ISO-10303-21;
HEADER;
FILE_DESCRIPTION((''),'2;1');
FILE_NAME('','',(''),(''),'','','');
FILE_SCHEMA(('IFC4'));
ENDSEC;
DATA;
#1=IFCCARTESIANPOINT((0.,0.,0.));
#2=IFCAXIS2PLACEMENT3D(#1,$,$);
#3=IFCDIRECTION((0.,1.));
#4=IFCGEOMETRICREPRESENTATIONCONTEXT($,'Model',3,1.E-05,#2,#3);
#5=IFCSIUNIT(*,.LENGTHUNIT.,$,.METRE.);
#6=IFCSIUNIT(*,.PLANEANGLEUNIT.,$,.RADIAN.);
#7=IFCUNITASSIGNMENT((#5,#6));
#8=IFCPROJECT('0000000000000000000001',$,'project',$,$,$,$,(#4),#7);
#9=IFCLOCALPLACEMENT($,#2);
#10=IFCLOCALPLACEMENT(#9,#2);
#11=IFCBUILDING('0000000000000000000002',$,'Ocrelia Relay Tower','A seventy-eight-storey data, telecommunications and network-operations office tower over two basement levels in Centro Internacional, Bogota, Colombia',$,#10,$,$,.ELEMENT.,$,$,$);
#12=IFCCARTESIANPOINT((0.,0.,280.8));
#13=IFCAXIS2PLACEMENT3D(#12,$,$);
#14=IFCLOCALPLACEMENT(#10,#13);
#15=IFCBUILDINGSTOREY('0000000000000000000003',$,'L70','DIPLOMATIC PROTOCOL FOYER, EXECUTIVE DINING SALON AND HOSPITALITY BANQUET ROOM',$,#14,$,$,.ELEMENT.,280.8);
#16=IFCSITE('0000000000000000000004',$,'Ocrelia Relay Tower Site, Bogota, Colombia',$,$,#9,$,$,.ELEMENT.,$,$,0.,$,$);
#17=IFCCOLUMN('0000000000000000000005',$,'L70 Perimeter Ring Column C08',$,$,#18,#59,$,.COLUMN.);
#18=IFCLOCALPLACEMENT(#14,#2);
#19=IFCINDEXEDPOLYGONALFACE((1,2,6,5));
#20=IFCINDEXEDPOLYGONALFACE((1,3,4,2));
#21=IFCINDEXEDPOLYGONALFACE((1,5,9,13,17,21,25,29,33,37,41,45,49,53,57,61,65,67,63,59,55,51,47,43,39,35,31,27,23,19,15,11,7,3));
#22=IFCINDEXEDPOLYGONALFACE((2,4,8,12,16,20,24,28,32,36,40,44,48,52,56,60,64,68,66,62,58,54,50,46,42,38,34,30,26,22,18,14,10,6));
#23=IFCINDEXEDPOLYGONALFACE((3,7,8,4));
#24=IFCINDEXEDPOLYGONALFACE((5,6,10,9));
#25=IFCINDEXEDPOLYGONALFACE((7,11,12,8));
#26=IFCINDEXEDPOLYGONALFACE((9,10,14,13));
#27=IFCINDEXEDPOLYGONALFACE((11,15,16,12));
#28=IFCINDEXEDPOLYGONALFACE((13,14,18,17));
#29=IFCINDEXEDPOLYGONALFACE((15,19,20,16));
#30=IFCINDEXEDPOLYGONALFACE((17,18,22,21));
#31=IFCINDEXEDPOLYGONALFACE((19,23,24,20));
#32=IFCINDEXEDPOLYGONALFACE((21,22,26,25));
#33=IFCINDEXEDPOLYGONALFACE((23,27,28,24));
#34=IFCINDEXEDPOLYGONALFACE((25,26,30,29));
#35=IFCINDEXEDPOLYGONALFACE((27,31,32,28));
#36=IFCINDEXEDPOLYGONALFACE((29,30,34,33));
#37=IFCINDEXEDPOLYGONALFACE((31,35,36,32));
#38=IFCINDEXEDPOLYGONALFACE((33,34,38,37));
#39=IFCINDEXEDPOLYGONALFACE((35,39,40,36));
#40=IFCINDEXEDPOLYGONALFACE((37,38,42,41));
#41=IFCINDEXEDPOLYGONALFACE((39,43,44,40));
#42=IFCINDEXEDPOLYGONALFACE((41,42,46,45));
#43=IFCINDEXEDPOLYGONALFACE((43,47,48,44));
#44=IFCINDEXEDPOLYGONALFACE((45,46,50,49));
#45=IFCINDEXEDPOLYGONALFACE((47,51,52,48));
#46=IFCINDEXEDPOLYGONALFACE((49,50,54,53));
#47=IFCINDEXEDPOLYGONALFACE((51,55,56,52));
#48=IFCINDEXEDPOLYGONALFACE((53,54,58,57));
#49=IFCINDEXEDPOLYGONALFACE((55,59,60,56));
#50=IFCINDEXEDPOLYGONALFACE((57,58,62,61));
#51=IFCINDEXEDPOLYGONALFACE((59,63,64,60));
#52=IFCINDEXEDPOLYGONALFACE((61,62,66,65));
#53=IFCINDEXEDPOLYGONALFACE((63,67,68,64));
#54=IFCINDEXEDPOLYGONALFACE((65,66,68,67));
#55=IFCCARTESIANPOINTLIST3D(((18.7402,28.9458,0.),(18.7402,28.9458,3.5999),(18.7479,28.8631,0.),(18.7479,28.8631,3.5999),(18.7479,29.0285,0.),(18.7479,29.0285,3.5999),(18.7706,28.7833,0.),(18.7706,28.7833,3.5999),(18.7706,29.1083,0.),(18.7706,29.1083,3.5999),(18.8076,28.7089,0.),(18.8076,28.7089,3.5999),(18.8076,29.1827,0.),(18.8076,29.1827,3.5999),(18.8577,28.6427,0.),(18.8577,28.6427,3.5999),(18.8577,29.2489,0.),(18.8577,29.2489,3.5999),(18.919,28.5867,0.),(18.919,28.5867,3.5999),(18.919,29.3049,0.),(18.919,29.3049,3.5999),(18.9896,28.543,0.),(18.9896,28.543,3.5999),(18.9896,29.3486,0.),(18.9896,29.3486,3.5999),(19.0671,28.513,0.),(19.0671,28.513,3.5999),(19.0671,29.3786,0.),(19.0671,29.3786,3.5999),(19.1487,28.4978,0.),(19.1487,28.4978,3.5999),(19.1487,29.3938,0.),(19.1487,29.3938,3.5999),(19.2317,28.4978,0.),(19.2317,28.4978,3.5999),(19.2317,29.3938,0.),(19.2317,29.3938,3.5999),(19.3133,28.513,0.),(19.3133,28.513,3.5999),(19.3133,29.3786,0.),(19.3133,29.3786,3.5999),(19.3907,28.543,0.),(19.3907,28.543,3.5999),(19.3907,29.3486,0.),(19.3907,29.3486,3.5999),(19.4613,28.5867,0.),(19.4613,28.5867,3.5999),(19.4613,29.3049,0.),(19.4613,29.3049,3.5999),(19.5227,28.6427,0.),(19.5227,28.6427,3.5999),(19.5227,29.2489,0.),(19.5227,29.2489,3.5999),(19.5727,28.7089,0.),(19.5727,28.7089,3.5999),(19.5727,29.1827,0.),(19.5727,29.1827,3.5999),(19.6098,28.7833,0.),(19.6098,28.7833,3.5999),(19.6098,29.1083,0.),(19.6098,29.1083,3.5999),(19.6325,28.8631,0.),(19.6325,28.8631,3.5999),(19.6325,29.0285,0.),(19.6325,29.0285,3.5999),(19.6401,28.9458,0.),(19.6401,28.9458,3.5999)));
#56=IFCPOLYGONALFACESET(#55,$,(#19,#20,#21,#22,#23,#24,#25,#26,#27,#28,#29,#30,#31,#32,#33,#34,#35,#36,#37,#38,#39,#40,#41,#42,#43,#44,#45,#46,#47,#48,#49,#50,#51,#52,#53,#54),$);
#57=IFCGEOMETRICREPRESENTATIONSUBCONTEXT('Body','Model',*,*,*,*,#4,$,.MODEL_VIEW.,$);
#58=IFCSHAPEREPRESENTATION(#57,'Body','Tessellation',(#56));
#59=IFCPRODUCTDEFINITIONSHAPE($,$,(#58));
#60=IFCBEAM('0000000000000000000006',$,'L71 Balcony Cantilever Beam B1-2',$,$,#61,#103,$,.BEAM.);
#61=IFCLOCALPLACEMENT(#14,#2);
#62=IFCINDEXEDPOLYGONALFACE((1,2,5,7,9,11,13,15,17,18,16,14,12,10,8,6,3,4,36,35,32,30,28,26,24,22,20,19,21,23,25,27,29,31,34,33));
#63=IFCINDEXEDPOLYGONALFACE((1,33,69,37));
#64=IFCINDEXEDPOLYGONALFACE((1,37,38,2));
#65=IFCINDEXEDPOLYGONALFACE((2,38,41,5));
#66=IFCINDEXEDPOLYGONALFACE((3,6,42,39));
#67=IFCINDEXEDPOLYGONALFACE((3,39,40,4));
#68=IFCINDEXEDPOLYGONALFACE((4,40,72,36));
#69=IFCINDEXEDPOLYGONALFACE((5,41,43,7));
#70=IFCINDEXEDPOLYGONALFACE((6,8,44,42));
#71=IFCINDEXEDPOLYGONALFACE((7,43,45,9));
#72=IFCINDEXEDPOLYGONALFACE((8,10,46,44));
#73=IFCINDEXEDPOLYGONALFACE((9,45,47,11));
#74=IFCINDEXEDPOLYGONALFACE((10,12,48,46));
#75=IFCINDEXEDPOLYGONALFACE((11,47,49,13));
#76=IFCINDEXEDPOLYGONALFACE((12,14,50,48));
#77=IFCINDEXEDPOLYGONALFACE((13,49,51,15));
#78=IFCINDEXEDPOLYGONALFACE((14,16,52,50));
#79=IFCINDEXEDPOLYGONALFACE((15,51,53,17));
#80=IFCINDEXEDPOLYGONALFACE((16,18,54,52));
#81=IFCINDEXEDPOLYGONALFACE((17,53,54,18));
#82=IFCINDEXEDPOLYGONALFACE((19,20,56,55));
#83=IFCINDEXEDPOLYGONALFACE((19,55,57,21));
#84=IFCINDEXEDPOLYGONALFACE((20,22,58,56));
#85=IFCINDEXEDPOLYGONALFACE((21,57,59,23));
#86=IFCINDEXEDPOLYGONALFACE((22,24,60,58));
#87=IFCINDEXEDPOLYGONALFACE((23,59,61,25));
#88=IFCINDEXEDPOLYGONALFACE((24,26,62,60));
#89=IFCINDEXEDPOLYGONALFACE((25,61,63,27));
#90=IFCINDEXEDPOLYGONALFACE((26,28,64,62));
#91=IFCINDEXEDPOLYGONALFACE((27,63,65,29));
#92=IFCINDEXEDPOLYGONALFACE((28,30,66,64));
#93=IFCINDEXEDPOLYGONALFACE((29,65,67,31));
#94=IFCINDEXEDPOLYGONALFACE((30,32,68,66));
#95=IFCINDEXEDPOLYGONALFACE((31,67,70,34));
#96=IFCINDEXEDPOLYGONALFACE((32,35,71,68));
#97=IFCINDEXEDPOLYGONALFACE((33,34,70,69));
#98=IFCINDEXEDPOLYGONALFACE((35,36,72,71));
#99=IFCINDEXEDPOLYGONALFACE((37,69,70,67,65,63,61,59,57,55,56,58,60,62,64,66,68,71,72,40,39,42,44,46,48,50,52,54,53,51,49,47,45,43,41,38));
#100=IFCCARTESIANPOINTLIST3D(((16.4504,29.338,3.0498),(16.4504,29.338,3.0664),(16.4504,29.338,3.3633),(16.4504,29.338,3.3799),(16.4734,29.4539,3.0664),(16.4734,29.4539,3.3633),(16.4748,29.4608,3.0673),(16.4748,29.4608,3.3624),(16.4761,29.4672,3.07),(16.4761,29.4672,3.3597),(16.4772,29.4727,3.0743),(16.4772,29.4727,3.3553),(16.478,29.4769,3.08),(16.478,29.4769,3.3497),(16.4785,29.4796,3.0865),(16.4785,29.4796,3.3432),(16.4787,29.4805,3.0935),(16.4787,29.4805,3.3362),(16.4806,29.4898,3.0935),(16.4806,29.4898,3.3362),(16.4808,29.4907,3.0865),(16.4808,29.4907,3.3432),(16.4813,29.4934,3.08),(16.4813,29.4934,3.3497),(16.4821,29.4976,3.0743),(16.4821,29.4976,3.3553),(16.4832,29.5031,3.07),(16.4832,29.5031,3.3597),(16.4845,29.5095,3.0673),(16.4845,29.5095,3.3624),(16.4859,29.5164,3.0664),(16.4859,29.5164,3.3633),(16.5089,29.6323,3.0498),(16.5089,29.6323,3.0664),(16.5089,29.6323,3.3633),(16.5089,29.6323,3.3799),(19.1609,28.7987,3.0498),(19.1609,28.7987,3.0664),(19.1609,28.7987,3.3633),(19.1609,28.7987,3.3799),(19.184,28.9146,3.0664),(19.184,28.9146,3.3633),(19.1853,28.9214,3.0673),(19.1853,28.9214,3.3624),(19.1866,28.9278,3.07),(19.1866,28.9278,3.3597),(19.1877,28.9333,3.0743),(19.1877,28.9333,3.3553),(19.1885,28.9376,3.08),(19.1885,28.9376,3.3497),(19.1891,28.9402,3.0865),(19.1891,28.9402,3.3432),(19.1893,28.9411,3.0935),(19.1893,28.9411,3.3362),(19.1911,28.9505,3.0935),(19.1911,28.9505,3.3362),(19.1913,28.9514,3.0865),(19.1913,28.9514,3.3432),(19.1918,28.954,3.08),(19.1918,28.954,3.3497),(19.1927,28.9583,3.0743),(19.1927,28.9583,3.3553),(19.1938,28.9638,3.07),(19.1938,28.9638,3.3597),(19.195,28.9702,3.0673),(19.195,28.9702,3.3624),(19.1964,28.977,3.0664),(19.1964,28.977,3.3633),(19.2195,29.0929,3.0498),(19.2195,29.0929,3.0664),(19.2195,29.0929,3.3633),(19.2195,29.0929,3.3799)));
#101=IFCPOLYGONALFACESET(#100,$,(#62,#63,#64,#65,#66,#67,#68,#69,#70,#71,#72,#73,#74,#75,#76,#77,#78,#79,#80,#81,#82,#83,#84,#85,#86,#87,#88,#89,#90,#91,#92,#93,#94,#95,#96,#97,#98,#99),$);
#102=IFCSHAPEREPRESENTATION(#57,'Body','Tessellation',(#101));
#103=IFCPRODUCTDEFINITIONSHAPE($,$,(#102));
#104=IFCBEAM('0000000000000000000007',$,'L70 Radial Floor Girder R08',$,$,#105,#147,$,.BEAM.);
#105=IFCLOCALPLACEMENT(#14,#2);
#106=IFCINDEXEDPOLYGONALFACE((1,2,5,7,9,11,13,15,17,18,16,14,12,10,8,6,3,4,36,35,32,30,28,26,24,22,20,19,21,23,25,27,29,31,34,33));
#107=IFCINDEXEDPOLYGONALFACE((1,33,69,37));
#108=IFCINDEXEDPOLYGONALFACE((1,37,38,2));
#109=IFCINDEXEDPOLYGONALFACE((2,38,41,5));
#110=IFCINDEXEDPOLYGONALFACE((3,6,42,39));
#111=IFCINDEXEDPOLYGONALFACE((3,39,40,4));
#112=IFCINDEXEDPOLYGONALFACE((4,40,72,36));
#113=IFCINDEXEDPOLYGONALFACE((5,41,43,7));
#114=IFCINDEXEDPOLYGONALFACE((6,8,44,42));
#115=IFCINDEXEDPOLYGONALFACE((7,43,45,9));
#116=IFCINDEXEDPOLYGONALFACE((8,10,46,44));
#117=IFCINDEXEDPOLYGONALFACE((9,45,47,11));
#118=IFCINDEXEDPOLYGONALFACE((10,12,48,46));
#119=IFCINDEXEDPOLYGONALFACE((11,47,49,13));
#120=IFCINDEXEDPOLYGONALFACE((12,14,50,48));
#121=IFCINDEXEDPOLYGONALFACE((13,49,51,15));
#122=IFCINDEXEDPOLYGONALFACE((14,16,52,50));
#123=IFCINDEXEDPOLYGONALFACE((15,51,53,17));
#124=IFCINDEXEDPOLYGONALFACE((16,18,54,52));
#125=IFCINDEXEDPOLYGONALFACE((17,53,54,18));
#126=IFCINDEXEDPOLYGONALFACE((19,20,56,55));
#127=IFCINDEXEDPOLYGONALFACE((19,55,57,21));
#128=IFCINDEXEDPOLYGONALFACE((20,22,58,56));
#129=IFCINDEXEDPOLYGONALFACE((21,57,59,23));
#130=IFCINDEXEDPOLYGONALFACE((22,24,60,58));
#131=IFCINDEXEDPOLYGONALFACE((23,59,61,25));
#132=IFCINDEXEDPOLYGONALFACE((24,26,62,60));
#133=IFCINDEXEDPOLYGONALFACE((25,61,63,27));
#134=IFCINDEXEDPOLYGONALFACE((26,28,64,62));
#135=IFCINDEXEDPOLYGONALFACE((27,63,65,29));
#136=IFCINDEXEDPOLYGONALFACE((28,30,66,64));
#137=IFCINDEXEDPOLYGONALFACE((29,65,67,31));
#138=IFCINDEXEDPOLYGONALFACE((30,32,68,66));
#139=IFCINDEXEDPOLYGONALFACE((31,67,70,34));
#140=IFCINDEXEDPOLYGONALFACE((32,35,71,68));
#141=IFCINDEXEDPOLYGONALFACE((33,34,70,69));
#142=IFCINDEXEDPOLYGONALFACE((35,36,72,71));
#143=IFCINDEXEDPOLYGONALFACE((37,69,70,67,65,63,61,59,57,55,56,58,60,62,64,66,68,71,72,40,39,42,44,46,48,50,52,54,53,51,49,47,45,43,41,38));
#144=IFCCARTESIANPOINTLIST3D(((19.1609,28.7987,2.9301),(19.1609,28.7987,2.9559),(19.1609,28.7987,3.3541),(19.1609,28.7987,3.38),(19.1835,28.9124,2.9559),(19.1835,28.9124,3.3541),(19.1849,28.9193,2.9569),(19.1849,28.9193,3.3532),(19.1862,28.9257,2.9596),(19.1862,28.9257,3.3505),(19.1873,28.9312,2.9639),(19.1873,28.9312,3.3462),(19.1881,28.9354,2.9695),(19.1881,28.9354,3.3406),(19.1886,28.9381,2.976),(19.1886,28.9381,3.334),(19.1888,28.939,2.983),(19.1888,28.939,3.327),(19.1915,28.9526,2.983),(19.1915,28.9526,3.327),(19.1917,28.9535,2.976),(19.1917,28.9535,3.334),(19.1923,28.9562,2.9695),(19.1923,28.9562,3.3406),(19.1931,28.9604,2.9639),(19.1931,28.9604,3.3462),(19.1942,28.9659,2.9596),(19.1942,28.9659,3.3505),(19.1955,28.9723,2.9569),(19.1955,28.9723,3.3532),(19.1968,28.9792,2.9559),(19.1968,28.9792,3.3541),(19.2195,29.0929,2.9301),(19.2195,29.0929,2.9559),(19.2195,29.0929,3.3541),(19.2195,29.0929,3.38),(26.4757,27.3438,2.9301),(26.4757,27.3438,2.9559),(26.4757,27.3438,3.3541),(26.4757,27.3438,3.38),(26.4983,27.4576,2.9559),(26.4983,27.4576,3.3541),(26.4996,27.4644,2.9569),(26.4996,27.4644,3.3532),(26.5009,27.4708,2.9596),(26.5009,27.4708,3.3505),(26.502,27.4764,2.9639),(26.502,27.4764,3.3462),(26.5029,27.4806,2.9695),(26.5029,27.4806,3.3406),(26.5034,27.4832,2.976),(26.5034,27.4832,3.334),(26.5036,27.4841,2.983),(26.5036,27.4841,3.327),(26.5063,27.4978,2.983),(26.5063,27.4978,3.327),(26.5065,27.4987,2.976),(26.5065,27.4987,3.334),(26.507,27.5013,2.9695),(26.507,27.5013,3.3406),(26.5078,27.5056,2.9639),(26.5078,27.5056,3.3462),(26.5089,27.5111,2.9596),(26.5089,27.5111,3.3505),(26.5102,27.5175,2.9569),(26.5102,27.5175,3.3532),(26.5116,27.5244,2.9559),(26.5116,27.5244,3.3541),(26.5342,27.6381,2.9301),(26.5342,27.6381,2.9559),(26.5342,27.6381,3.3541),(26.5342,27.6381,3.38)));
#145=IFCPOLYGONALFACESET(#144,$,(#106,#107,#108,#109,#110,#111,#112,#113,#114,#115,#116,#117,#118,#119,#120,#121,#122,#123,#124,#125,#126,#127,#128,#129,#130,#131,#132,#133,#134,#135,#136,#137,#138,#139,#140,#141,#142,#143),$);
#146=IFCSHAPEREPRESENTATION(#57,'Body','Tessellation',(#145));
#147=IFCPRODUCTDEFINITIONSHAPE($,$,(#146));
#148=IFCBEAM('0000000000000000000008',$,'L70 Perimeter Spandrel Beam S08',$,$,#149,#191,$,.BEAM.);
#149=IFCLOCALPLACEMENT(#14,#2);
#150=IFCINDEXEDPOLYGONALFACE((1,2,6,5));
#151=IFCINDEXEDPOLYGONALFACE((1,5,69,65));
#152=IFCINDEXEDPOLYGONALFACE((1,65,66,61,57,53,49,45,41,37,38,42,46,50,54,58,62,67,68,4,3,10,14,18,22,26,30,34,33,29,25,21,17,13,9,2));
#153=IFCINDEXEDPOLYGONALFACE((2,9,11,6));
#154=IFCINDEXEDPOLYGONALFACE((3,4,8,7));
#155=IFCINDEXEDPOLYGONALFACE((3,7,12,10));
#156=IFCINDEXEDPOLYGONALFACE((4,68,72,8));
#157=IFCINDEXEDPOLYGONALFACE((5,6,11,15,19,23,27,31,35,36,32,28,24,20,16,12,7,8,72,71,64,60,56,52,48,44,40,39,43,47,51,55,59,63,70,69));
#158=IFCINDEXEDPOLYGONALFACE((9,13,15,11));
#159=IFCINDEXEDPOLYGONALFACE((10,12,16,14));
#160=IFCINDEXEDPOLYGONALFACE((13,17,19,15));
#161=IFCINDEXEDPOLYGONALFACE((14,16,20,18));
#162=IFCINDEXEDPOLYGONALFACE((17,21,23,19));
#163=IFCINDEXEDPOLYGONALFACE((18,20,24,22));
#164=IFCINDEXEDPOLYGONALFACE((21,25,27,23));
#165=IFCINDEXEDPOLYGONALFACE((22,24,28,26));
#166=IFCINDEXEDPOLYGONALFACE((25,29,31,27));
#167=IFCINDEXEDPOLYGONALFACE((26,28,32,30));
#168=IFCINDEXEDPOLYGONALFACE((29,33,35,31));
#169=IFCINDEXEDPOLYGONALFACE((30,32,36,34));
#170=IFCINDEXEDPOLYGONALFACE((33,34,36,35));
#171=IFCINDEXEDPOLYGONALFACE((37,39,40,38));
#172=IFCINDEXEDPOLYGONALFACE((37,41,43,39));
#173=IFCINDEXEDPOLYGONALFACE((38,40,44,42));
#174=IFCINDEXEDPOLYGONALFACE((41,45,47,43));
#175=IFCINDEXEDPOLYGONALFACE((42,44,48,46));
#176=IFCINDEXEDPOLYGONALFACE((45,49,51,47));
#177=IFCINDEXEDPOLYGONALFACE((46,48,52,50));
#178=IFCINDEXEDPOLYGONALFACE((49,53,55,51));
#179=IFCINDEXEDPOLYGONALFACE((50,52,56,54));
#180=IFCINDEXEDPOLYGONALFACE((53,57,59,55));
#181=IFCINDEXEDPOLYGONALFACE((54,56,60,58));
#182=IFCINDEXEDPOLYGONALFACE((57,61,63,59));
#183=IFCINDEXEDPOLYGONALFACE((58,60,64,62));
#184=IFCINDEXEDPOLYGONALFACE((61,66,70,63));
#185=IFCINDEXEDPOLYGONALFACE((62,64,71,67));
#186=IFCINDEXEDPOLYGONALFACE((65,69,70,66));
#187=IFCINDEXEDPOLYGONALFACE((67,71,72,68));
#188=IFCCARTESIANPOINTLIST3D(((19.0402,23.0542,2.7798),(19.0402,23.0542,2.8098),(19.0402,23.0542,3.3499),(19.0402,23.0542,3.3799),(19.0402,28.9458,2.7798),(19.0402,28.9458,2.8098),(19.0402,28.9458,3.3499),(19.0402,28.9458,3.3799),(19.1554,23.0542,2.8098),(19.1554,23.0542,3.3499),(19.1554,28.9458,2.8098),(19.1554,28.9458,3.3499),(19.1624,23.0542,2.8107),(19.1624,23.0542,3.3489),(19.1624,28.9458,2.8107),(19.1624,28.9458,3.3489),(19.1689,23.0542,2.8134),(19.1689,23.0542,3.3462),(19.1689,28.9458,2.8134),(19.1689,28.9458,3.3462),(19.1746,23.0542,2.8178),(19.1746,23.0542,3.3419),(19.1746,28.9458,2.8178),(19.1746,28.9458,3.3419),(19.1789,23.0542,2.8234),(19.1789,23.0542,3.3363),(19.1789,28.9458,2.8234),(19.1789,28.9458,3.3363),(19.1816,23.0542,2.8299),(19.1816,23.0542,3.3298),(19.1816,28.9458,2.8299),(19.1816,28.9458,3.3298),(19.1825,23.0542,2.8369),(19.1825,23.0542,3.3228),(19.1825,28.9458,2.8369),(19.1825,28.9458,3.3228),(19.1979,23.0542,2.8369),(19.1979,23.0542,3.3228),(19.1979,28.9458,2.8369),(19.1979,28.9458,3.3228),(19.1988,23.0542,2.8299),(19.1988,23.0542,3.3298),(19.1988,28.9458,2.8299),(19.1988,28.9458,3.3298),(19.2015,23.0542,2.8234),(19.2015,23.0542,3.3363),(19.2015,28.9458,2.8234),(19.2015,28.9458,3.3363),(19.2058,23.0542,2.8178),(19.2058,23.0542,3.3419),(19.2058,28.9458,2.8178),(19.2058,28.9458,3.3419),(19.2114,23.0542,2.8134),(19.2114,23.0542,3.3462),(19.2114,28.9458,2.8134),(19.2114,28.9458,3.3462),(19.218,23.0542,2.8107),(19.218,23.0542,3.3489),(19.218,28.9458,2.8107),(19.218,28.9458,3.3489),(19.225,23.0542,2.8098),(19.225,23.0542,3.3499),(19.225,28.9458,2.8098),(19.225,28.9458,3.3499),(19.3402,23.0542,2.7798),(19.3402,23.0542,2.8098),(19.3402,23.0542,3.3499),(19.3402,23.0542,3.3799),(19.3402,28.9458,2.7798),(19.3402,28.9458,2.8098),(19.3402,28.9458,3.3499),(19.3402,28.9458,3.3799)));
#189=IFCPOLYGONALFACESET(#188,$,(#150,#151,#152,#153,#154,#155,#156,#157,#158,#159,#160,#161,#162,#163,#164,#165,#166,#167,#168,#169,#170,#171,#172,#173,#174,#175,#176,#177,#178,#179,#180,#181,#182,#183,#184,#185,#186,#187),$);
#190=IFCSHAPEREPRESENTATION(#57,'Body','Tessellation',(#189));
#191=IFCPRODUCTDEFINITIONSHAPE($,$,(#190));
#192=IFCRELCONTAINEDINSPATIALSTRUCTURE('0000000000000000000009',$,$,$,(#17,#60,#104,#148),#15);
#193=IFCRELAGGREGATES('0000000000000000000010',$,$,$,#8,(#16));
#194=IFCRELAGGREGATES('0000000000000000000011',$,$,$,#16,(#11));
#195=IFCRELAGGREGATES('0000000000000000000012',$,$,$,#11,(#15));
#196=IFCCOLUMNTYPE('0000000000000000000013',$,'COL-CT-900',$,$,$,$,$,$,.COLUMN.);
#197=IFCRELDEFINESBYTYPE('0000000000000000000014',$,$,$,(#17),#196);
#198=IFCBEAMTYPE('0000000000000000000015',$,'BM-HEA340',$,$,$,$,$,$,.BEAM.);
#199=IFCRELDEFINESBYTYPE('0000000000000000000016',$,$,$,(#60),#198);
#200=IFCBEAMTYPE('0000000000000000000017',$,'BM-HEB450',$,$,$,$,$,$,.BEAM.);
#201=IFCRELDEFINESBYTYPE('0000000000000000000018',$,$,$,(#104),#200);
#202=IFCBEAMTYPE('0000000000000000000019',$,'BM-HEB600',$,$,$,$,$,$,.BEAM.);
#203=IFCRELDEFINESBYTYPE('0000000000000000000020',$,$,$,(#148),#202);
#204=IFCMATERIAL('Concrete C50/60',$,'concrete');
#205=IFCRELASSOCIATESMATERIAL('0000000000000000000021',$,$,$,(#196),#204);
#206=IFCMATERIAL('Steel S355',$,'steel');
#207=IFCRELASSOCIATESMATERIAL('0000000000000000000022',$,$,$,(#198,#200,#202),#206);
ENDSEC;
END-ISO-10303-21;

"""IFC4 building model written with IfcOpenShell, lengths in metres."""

from ifc_helpers import new_model, si_unit, direction, frame, origin, origin_2d, place, context, subcontext, project, spatial, circle, i_section, extrude, material, material_profile, profile_set, type_object, element, save


model = new_model("IFC4")

# Units and contexts
model_context = context("Model", 3, precision=1e-05, world=origin(), true_north=direction((0.0, 1.0)))
body_context = subcontext(model_context, "Body", "Model", "MODEL_VIEW")
ifc_project = project(units=[si_unit("LENGTHUNIT", "METRE"), si_unit("PLANEANGLEUNIT", "RADIAN")], contexts=[model_context])

# Site, building, storey
site_placement = place(None, origin())
site = spatial("IfcSite", under=ifc_project, at=site_placement, Name="Ocrelia Relay Tower Site, Bogota, Colombia", CompositionType="ELEMENT", RefElevation=0.0)
building_placement = place(site_placement, origin())
building = spatial("IfcBuilding", under=site, at=building_placement, Name="Ocrelia Relay Tower", Description="A seventy-eight-storey data, telecommunications and network-operations office tower over two basement levels in Centro Internacional, Bogota, Colombia", CompositionType="ELEMENT")
storey_placement = place(building_placement, frame((0.0, 0.0, 280.8)))
storey = spatial("IfcBuildingStorey", under=building, at=storey_placement, Name="L70", Description="DIPLOMATIC PROTOCOL FOYER, EXECUTIVE DINING SALON AND HOSPITALITY BANQUET ROOM", CompositionType="ELEMENT", Elevation=280.8)

# Column
ifc_material_1 = material(Name="Concrete C50/60", Category="concrete")
ifc_material_profile_1 = material_profile(ifc_material_1, circle(Radius=0.45, at=origin_2d()), Name="RC-CIR-900")
ifc_profile_set_1 = profile_set([ifc_material_profile_1], Name="Concrete C50/60")
column_type = type_object("IfcColumnType", Name="COL-CT-900", PredefinedType="COLUMN", material=ifc_profile_set_1)
column_placement = place(storey_placement, frame((19.1902, 28.9458, 0.0), z_axis=(0.0, 0.0, 1.0), x_axis=(1.0, 0.0, 0.0)))
element("IfcColumn", 1, at=column_placement, inside=storey, type_object=column_type, Name="L70 Perimeter Ring Column C08", PredefinedType="COLUMN", context=body_context, shape_type="SweptSolid", body=[
    extrude(circle(Radius=0.45, at=origin_2d()), origin(), (0.0, 0.0, 1.0), 3.5999),
])

# Beams
ifc_material_2 = material(Name="Steel S355", Category="steel")
ifc_material_profile_2 = material_profile(ifc_material_2, i_section(OverallWidth=0.3, OverallDepth=0.3301, WebThickness=0.0095, FlangeThickness=0.0166, FilletRadius=0.0271, at=origin_2d()), Name="HEA 340")
ifc_profile_set_2 = profile_set([ifc_material_profile_2], Name="Steel S355")
beam_type_1 = type_object("IfcBeamType", Name="BM-HEA340", PredefinedType="BEAM", material=ifc_profile_set_2)
beam_1_placement = place(storey_placement, frame((19.1902, 28.9458, 3.2148), z_axis=(-0.980774, 0.195148, 0.0), x_axis=(-0.195148, -0.980774, 0.0)))
element("IfcBeam", 2, at=beam_1_placement, inside=storey, type_object=beam_type_1, Name="L71 Balcony Cantilever Beam B1-2", PredefinedType="BEAM", context=body_context, shape_type="SweptSolid", body=[
    extrude(i_section(OverallWidth=0.3, OverallDepth=0.3301, WebThickness=0.0095, FlangeThickness=0.0166, FilletRadius=0.0271, at=origin_2d()), origin(), (0.0, 0.0, 1.0), 2.7637),
])
ifc_material_profile_3 = material_profile(ifc_material_2, i_section(OverallWidth=0.3, OverallDepth=0.45, WebThickness=0.0139, FlangeThickness=0.0259, FilletRadius=0.0271, at=origin_2d()), Name="HEB 450")
ifc_profile_set_3 = profile_set([ifc_material_profile_3], Name="Steel S355")
beam_type_2 = type_object("IfcBeamType", Name="BM-HEB450", PredefinedType="BEAM", material=ifc_profile_set_3)
beam_2_placement = place(storey_placement, frame((19.1902, 28.9458, 3.155), z_axis=(0.980789, -0.195071, 0.0), x_axis=(0.195071, 0.980789, 0.0)))
element("IfcBeam", 3, at=beam_2_placement, inside=storey, type_object=beam_type_2, Name="L70 Radial Floor Girder R08", PredefinedType="BEAM", context=body_context, shape_type="SweptSolid", body=[
    extrude(i_section(OverallWidth=0.3, OverallDepth=0.45, WebThickness=0.0139, FlangeThickness=0.0259, FilletRadius=0.0271, at=origin_2d()), origin(), (0.0, 0.0, 1.0), 7.458),
])
ifc_material_profile_4 = material_profile(ifc_material_2, i_section(OverallWidth=0.3, OverallDepth=0.6001, WebThickness=0.0154, FlangeThickness=0.03, FilletRadius=0.0271, at=origin_2d()), Name="HEB 600")
ifc_profile_set_4 = profile_set([ifc_material_profile_4], Name="Steel S355")
beam_type_3 = type_object("IfcBeamType", Name="BM-HEB600", PredefinedType="BEAM", material=ifc_profile_set_4)
beam_3_placement = place(storey_placement, frame((19.1902, 28.9458, 3.0798), z_axis=(0.0, -1.0, 0.0), x_axis=(1.0, 0.0, 0.0)))
element("IfcBeam", 4, at=beam_3_placement, inside=storey, type_object=beam_type_3, Name="L70 Perimeter Spandrel Beam S08", PredefinedType="BEAM", context=body_context, shape_type="SweptSolid", body=[
    extrude(i_section(OverallWidth=0.3, OverallDepth=0.6001, WebThickness=0.0154, FlangeThickness=0.03, FilletRadius=0.0271, at=origin_2d()), origin(), (0.0, 0.0, 1.0), 5.8916),
])

save(model, "model.ifc")
